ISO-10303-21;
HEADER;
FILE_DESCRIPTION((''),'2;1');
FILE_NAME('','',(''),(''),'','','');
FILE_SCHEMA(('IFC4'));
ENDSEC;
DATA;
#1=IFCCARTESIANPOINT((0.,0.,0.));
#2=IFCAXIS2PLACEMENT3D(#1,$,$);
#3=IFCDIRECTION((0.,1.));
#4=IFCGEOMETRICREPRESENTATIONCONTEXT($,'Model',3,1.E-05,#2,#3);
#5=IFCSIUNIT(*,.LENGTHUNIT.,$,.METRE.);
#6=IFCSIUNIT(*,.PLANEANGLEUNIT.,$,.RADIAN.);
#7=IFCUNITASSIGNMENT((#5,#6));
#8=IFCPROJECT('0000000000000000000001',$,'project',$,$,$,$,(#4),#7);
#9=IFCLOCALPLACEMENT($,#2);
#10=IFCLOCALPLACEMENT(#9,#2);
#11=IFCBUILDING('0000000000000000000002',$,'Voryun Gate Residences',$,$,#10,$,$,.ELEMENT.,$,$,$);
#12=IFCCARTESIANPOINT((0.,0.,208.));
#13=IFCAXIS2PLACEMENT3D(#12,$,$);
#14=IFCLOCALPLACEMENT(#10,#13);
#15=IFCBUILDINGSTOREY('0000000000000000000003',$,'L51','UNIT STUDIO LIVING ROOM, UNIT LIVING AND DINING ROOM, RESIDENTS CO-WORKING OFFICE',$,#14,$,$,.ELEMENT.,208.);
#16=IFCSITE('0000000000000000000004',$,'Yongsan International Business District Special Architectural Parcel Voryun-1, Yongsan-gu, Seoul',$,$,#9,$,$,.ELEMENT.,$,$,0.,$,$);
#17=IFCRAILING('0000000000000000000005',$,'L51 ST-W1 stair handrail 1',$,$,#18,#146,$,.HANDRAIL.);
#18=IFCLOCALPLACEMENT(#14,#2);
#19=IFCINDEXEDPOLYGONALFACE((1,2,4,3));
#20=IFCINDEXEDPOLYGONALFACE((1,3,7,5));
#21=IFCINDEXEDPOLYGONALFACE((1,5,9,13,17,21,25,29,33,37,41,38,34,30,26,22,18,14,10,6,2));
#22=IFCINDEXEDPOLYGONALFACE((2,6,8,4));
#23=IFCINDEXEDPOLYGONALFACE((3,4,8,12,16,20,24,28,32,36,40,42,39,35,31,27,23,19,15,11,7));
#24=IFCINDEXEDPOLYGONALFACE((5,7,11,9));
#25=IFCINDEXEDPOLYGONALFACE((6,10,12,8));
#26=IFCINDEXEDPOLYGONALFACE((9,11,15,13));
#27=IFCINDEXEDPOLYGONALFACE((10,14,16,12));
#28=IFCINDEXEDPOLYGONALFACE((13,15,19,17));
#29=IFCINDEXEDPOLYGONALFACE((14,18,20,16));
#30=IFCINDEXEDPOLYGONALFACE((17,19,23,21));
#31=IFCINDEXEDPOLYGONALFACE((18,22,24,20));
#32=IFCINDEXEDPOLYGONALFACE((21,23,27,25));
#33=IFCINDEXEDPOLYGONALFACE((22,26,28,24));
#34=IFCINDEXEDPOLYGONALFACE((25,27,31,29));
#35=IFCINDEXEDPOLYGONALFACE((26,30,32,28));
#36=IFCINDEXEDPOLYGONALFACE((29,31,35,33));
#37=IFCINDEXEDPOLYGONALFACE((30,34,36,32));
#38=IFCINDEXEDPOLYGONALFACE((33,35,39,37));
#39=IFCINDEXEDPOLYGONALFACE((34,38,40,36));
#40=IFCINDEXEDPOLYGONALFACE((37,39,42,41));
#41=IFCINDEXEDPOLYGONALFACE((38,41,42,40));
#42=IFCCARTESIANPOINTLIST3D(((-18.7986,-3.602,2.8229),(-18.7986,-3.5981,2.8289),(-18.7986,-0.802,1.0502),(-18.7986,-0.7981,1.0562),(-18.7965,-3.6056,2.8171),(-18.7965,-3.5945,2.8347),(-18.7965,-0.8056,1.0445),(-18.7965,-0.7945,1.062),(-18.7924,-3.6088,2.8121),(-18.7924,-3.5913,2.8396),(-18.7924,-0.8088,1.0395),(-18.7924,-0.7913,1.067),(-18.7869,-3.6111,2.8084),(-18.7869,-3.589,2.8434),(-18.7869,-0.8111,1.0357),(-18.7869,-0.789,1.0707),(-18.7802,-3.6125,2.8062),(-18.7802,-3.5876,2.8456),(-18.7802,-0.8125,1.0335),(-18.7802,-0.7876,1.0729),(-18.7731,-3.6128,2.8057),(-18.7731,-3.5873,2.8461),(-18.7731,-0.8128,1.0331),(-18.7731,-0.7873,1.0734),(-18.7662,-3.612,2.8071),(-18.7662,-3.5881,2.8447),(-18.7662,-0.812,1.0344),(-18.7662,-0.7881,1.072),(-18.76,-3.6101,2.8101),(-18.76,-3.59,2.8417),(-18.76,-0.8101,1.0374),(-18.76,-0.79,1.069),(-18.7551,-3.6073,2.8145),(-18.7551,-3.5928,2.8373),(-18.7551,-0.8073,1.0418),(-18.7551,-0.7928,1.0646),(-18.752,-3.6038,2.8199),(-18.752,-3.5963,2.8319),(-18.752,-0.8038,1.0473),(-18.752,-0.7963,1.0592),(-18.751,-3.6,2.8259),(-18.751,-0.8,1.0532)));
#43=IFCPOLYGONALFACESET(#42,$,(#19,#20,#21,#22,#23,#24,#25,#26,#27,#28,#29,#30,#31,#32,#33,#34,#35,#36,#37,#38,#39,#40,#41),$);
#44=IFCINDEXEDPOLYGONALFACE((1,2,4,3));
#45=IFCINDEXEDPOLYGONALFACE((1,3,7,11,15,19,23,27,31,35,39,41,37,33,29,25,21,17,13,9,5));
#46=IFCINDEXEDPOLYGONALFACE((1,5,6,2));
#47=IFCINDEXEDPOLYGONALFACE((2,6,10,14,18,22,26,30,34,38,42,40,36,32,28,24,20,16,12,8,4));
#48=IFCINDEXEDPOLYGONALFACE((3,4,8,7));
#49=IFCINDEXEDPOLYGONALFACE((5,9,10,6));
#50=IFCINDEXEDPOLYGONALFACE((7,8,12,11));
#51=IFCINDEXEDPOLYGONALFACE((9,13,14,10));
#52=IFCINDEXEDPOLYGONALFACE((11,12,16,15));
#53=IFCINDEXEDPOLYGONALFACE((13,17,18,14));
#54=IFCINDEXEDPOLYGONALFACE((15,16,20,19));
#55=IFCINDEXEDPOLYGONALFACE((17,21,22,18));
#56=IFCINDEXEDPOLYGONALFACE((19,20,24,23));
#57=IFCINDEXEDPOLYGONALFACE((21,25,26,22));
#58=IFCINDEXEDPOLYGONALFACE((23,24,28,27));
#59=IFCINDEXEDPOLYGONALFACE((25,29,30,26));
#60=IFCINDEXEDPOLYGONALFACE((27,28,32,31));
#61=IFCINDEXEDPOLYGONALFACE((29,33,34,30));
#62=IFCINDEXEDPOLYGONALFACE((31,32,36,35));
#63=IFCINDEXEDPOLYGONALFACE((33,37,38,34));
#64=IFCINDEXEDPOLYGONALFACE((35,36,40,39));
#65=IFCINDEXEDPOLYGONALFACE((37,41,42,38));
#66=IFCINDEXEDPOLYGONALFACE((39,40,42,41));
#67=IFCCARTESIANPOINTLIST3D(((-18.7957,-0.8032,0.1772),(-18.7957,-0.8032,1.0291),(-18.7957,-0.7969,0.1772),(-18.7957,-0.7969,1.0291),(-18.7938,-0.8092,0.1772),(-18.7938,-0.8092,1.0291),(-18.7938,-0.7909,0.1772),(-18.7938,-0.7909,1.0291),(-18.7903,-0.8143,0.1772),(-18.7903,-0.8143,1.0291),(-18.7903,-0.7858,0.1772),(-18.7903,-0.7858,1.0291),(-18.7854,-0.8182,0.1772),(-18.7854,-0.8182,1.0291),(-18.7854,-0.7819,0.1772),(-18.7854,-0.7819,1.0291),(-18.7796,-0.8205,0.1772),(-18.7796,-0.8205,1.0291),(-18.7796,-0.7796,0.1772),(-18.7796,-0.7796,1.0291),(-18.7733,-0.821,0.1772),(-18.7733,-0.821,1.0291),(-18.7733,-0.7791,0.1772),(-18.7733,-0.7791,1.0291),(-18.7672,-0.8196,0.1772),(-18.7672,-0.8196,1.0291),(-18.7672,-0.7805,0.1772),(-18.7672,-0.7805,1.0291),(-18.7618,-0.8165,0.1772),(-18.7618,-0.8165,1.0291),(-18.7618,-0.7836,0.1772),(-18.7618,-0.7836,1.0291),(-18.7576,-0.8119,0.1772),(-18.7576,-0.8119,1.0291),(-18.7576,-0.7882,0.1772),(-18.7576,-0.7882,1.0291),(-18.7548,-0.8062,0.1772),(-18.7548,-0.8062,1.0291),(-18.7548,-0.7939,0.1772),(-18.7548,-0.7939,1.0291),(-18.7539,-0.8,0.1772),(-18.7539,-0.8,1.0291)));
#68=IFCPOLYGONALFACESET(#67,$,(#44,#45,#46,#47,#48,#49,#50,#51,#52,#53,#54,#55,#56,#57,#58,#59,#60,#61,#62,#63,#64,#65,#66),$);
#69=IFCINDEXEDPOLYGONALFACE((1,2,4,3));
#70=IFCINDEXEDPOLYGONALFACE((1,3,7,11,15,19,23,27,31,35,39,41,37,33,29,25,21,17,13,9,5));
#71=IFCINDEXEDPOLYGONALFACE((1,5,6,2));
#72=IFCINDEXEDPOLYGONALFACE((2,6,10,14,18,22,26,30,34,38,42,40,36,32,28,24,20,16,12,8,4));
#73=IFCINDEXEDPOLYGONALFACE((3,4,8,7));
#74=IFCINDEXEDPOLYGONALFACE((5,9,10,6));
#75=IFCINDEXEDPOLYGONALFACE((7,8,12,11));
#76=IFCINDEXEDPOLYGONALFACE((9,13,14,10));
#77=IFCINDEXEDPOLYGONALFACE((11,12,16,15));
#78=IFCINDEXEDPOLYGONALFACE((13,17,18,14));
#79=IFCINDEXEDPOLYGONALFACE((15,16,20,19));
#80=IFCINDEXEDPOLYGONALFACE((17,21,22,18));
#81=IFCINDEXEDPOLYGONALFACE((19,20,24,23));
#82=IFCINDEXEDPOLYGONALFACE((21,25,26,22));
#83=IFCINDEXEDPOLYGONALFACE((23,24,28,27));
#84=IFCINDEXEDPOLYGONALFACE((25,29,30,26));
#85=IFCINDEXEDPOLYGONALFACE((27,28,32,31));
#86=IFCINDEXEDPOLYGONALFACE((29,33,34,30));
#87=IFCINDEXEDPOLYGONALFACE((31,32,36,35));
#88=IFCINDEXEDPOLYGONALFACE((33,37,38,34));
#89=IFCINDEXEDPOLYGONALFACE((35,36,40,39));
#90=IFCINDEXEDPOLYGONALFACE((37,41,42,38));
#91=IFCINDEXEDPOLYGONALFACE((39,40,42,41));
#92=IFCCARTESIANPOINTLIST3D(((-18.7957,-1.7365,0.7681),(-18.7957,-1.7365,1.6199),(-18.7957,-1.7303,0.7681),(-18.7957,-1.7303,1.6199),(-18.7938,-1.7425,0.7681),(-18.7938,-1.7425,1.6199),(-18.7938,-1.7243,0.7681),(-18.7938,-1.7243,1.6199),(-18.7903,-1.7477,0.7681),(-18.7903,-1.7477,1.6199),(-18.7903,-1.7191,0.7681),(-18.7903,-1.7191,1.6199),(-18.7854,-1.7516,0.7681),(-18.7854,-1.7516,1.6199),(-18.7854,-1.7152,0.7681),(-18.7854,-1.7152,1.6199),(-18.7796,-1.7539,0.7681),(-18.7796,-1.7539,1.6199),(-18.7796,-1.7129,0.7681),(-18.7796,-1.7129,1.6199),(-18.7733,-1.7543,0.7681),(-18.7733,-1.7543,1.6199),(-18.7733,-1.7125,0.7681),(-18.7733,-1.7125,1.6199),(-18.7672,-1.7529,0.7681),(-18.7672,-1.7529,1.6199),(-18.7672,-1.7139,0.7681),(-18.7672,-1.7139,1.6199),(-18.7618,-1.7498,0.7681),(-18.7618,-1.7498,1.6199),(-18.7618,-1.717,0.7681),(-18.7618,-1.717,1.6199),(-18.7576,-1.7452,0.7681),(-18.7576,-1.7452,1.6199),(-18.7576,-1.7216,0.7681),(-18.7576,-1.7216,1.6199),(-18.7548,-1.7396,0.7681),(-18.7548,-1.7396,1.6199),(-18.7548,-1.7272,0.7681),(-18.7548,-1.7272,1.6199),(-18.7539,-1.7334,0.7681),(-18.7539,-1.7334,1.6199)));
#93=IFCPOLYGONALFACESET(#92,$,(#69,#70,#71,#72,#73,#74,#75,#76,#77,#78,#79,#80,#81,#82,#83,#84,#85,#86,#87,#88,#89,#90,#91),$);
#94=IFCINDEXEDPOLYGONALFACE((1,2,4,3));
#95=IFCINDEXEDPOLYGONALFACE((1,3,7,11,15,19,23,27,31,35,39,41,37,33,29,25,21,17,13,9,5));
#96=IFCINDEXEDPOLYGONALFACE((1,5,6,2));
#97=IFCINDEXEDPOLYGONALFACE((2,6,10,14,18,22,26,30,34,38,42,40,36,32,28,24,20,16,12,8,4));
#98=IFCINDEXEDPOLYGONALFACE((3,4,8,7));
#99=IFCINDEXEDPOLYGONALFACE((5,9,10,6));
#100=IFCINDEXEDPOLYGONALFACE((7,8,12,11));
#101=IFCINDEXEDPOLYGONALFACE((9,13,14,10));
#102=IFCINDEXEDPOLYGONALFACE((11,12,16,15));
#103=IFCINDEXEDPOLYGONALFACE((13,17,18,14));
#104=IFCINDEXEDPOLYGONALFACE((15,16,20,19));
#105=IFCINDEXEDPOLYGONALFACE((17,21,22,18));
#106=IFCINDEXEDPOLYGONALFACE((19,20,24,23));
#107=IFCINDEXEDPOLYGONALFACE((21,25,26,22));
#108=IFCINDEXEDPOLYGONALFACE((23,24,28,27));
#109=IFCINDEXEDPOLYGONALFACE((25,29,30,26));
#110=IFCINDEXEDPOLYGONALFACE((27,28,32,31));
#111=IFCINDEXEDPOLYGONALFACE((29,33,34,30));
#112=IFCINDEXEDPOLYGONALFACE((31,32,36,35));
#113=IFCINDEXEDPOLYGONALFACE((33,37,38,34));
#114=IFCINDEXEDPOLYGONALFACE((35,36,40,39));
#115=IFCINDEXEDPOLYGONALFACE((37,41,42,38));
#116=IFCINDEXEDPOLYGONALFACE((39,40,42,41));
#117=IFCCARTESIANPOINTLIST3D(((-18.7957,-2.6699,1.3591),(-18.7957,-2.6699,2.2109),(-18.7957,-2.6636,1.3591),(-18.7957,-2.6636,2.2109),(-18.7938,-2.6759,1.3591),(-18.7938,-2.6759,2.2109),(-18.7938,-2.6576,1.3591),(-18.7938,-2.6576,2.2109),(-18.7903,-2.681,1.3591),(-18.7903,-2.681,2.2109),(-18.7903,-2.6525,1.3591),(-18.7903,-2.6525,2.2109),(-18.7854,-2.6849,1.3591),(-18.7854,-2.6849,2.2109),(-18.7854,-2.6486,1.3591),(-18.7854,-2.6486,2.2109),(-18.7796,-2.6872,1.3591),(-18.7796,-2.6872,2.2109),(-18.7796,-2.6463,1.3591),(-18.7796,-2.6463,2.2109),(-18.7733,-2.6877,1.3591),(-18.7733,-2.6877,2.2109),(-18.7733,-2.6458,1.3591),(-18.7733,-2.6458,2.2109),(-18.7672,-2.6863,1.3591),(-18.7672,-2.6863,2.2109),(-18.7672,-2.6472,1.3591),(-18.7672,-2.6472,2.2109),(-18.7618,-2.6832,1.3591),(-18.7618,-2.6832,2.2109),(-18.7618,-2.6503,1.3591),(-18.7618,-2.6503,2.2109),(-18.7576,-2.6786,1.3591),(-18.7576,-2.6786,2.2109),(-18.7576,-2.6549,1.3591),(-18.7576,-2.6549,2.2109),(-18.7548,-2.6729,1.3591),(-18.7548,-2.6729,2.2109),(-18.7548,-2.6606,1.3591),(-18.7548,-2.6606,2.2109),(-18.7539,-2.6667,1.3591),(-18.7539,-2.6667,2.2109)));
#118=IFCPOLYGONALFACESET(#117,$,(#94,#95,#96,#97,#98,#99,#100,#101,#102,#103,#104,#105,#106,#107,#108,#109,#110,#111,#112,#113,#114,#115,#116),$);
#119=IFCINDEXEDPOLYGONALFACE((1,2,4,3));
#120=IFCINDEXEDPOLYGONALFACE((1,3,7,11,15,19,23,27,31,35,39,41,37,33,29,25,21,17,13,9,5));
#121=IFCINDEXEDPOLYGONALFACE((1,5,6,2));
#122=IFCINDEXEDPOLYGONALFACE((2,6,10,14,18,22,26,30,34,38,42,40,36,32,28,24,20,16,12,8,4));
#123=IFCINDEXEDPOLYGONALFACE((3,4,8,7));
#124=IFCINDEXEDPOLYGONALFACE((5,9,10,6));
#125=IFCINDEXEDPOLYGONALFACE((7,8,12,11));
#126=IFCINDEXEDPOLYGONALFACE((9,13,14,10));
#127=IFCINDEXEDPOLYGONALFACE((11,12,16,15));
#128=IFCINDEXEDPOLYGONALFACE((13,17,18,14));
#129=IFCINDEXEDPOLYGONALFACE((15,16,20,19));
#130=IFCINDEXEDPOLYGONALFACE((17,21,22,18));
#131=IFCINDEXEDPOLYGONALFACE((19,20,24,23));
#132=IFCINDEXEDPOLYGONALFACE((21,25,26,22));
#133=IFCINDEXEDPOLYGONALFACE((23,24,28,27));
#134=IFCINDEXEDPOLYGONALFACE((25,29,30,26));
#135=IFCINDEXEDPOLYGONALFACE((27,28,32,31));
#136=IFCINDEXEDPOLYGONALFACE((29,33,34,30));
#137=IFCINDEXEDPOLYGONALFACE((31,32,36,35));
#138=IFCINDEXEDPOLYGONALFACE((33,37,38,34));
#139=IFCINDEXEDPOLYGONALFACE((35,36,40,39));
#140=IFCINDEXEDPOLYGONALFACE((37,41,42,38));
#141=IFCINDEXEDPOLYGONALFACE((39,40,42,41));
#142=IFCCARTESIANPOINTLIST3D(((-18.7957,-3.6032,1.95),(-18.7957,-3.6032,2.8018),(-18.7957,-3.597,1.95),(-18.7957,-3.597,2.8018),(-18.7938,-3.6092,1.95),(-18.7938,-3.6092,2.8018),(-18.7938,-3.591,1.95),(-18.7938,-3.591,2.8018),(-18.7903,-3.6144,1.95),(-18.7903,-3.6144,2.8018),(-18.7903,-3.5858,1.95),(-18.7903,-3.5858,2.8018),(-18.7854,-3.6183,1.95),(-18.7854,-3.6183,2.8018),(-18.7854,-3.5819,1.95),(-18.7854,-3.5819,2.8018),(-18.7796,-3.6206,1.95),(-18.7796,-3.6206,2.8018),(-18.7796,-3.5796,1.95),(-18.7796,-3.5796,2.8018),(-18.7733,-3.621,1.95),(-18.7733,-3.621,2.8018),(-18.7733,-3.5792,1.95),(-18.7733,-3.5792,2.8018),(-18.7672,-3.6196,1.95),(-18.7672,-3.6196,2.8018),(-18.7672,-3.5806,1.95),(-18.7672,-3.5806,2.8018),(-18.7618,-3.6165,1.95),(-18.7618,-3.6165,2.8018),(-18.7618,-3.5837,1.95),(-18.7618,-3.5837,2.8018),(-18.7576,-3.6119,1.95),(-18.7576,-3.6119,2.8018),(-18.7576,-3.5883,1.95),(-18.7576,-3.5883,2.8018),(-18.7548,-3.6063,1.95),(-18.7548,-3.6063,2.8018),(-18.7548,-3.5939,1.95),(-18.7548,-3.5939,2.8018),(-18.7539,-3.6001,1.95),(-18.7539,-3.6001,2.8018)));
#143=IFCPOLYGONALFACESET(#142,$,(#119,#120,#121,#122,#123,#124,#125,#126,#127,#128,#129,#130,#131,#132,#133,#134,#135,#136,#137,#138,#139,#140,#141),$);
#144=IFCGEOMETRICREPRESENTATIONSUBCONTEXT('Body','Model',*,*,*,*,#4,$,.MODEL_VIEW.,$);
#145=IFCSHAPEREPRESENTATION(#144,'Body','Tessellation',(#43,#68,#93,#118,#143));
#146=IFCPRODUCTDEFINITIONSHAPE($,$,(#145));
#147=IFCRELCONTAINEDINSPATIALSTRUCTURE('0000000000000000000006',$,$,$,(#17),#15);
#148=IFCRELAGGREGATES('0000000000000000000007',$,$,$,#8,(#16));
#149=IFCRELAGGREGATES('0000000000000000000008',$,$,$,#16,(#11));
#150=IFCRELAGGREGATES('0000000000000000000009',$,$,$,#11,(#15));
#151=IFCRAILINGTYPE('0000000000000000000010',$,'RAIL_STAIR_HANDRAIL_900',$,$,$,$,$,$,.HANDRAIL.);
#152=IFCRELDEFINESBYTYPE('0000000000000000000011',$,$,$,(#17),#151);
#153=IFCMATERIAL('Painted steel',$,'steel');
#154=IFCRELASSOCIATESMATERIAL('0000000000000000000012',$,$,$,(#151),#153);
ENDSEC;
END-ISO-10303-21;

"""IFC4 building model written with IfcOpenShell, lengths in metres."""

from ifc_helpers import new_model, si_unit, direction, frame, origin, origin_2d, place, context, subcontext, project, spatial, circle, extrude, material, type_object, element, save


model = new_model("IFC4")

# Units and contexts
model_context = context("Model", 3, precision=1e-05, world=origin(), true_north=direction((0.0, 1.0)))
body_context = subcontext(model_context, "Body", "Model", "MODEL_VIEW")
ifc_project = project(units=[si_unit("LENGTHUNIT", "METRE"), si_unit("PLANEANGLEUNIT", "RADIAN")], contexts=[model_context])

# Site, building, storey
site_placement = place(None, origin())
site = spatial("IfcSite", under=ifc_project, at=site_placement, Name="Yongsan International Business District Special Architectural Parcel Voryun-1, Yongsan-gu, Seoul", CompositionType="ELEMENT", RefElevation=0.0)
building_placement = place(site_placement, origin())
building = spatial("IfcBuilding", under=site, at=building_placement, Name="Voryun Gate Residences", CompositionType="ELEMENT")
storey_placement = place(building_placement, frame((0.0, 0.0, 208.0)))
storey = spatial("IfcBuildingStorey", under=building, at=storey_placement, Name="L51", Description="UNIT STUDIO LIVING ROOM, UNIT LIVING AND DINING ROOM, RESIDENTS CO-WORKING OFFICE", CompositionType="ELEMENT", Elevation=208.0)

# Railing
ifc_material_1 = material(Name="Painted steel", Category="steel")
railing_type_1 = type_object("IfcRailingType", Name="RAIL_STAIR_HANDRAIL_900", PredefinedType="HANDRAIL", material=ifc_material_1)
railing_1_placement = place(storey_placement, frame((-18.7749, -0.8, 0.1772)))
element("IfcRailing", 1, at=railing_1_placement, inside=storey, type_object=railing_type_1, Name="L51 ST-W1 stair handrail 1", PredefinedType="HANDRAIL", context=body_context, shape_type="SweptSolid", body=[
    extrude(circle(Radius=0.0239, at=origin_2d()), frame((0.0, 0.0, 0.876), z_axis=(0.0, -0.844909, 0.53491), x_axis=(1.0, 0.0, 0.0)), (0.0, 0.0, 1.0), 3.314),
    extrude(circle(Radius=0.021, at=origin_2d()), origin(), (0.0, 0.0, 1.0), 0.8518),
    extrude(circle(Radius=0.021, at=origin_2d()), frame((0.0, -0.9333, 0.5908)), (0.0, 0.0, 1.0), 0.8518),
    extrude(circle(Radius=0.021, at=origin_2d()), frame((0.0, -1.8667, 1.1819)), (0.0, 0.0, 1.0), 0.8518),
    extrude(circle(Radius=0.021, at=origin_2d()), frame((0.0, -2.8, 1.7727)), (0.0, 0.0, 1.0), 0.8518),
])

save(model, "model.ifc")
